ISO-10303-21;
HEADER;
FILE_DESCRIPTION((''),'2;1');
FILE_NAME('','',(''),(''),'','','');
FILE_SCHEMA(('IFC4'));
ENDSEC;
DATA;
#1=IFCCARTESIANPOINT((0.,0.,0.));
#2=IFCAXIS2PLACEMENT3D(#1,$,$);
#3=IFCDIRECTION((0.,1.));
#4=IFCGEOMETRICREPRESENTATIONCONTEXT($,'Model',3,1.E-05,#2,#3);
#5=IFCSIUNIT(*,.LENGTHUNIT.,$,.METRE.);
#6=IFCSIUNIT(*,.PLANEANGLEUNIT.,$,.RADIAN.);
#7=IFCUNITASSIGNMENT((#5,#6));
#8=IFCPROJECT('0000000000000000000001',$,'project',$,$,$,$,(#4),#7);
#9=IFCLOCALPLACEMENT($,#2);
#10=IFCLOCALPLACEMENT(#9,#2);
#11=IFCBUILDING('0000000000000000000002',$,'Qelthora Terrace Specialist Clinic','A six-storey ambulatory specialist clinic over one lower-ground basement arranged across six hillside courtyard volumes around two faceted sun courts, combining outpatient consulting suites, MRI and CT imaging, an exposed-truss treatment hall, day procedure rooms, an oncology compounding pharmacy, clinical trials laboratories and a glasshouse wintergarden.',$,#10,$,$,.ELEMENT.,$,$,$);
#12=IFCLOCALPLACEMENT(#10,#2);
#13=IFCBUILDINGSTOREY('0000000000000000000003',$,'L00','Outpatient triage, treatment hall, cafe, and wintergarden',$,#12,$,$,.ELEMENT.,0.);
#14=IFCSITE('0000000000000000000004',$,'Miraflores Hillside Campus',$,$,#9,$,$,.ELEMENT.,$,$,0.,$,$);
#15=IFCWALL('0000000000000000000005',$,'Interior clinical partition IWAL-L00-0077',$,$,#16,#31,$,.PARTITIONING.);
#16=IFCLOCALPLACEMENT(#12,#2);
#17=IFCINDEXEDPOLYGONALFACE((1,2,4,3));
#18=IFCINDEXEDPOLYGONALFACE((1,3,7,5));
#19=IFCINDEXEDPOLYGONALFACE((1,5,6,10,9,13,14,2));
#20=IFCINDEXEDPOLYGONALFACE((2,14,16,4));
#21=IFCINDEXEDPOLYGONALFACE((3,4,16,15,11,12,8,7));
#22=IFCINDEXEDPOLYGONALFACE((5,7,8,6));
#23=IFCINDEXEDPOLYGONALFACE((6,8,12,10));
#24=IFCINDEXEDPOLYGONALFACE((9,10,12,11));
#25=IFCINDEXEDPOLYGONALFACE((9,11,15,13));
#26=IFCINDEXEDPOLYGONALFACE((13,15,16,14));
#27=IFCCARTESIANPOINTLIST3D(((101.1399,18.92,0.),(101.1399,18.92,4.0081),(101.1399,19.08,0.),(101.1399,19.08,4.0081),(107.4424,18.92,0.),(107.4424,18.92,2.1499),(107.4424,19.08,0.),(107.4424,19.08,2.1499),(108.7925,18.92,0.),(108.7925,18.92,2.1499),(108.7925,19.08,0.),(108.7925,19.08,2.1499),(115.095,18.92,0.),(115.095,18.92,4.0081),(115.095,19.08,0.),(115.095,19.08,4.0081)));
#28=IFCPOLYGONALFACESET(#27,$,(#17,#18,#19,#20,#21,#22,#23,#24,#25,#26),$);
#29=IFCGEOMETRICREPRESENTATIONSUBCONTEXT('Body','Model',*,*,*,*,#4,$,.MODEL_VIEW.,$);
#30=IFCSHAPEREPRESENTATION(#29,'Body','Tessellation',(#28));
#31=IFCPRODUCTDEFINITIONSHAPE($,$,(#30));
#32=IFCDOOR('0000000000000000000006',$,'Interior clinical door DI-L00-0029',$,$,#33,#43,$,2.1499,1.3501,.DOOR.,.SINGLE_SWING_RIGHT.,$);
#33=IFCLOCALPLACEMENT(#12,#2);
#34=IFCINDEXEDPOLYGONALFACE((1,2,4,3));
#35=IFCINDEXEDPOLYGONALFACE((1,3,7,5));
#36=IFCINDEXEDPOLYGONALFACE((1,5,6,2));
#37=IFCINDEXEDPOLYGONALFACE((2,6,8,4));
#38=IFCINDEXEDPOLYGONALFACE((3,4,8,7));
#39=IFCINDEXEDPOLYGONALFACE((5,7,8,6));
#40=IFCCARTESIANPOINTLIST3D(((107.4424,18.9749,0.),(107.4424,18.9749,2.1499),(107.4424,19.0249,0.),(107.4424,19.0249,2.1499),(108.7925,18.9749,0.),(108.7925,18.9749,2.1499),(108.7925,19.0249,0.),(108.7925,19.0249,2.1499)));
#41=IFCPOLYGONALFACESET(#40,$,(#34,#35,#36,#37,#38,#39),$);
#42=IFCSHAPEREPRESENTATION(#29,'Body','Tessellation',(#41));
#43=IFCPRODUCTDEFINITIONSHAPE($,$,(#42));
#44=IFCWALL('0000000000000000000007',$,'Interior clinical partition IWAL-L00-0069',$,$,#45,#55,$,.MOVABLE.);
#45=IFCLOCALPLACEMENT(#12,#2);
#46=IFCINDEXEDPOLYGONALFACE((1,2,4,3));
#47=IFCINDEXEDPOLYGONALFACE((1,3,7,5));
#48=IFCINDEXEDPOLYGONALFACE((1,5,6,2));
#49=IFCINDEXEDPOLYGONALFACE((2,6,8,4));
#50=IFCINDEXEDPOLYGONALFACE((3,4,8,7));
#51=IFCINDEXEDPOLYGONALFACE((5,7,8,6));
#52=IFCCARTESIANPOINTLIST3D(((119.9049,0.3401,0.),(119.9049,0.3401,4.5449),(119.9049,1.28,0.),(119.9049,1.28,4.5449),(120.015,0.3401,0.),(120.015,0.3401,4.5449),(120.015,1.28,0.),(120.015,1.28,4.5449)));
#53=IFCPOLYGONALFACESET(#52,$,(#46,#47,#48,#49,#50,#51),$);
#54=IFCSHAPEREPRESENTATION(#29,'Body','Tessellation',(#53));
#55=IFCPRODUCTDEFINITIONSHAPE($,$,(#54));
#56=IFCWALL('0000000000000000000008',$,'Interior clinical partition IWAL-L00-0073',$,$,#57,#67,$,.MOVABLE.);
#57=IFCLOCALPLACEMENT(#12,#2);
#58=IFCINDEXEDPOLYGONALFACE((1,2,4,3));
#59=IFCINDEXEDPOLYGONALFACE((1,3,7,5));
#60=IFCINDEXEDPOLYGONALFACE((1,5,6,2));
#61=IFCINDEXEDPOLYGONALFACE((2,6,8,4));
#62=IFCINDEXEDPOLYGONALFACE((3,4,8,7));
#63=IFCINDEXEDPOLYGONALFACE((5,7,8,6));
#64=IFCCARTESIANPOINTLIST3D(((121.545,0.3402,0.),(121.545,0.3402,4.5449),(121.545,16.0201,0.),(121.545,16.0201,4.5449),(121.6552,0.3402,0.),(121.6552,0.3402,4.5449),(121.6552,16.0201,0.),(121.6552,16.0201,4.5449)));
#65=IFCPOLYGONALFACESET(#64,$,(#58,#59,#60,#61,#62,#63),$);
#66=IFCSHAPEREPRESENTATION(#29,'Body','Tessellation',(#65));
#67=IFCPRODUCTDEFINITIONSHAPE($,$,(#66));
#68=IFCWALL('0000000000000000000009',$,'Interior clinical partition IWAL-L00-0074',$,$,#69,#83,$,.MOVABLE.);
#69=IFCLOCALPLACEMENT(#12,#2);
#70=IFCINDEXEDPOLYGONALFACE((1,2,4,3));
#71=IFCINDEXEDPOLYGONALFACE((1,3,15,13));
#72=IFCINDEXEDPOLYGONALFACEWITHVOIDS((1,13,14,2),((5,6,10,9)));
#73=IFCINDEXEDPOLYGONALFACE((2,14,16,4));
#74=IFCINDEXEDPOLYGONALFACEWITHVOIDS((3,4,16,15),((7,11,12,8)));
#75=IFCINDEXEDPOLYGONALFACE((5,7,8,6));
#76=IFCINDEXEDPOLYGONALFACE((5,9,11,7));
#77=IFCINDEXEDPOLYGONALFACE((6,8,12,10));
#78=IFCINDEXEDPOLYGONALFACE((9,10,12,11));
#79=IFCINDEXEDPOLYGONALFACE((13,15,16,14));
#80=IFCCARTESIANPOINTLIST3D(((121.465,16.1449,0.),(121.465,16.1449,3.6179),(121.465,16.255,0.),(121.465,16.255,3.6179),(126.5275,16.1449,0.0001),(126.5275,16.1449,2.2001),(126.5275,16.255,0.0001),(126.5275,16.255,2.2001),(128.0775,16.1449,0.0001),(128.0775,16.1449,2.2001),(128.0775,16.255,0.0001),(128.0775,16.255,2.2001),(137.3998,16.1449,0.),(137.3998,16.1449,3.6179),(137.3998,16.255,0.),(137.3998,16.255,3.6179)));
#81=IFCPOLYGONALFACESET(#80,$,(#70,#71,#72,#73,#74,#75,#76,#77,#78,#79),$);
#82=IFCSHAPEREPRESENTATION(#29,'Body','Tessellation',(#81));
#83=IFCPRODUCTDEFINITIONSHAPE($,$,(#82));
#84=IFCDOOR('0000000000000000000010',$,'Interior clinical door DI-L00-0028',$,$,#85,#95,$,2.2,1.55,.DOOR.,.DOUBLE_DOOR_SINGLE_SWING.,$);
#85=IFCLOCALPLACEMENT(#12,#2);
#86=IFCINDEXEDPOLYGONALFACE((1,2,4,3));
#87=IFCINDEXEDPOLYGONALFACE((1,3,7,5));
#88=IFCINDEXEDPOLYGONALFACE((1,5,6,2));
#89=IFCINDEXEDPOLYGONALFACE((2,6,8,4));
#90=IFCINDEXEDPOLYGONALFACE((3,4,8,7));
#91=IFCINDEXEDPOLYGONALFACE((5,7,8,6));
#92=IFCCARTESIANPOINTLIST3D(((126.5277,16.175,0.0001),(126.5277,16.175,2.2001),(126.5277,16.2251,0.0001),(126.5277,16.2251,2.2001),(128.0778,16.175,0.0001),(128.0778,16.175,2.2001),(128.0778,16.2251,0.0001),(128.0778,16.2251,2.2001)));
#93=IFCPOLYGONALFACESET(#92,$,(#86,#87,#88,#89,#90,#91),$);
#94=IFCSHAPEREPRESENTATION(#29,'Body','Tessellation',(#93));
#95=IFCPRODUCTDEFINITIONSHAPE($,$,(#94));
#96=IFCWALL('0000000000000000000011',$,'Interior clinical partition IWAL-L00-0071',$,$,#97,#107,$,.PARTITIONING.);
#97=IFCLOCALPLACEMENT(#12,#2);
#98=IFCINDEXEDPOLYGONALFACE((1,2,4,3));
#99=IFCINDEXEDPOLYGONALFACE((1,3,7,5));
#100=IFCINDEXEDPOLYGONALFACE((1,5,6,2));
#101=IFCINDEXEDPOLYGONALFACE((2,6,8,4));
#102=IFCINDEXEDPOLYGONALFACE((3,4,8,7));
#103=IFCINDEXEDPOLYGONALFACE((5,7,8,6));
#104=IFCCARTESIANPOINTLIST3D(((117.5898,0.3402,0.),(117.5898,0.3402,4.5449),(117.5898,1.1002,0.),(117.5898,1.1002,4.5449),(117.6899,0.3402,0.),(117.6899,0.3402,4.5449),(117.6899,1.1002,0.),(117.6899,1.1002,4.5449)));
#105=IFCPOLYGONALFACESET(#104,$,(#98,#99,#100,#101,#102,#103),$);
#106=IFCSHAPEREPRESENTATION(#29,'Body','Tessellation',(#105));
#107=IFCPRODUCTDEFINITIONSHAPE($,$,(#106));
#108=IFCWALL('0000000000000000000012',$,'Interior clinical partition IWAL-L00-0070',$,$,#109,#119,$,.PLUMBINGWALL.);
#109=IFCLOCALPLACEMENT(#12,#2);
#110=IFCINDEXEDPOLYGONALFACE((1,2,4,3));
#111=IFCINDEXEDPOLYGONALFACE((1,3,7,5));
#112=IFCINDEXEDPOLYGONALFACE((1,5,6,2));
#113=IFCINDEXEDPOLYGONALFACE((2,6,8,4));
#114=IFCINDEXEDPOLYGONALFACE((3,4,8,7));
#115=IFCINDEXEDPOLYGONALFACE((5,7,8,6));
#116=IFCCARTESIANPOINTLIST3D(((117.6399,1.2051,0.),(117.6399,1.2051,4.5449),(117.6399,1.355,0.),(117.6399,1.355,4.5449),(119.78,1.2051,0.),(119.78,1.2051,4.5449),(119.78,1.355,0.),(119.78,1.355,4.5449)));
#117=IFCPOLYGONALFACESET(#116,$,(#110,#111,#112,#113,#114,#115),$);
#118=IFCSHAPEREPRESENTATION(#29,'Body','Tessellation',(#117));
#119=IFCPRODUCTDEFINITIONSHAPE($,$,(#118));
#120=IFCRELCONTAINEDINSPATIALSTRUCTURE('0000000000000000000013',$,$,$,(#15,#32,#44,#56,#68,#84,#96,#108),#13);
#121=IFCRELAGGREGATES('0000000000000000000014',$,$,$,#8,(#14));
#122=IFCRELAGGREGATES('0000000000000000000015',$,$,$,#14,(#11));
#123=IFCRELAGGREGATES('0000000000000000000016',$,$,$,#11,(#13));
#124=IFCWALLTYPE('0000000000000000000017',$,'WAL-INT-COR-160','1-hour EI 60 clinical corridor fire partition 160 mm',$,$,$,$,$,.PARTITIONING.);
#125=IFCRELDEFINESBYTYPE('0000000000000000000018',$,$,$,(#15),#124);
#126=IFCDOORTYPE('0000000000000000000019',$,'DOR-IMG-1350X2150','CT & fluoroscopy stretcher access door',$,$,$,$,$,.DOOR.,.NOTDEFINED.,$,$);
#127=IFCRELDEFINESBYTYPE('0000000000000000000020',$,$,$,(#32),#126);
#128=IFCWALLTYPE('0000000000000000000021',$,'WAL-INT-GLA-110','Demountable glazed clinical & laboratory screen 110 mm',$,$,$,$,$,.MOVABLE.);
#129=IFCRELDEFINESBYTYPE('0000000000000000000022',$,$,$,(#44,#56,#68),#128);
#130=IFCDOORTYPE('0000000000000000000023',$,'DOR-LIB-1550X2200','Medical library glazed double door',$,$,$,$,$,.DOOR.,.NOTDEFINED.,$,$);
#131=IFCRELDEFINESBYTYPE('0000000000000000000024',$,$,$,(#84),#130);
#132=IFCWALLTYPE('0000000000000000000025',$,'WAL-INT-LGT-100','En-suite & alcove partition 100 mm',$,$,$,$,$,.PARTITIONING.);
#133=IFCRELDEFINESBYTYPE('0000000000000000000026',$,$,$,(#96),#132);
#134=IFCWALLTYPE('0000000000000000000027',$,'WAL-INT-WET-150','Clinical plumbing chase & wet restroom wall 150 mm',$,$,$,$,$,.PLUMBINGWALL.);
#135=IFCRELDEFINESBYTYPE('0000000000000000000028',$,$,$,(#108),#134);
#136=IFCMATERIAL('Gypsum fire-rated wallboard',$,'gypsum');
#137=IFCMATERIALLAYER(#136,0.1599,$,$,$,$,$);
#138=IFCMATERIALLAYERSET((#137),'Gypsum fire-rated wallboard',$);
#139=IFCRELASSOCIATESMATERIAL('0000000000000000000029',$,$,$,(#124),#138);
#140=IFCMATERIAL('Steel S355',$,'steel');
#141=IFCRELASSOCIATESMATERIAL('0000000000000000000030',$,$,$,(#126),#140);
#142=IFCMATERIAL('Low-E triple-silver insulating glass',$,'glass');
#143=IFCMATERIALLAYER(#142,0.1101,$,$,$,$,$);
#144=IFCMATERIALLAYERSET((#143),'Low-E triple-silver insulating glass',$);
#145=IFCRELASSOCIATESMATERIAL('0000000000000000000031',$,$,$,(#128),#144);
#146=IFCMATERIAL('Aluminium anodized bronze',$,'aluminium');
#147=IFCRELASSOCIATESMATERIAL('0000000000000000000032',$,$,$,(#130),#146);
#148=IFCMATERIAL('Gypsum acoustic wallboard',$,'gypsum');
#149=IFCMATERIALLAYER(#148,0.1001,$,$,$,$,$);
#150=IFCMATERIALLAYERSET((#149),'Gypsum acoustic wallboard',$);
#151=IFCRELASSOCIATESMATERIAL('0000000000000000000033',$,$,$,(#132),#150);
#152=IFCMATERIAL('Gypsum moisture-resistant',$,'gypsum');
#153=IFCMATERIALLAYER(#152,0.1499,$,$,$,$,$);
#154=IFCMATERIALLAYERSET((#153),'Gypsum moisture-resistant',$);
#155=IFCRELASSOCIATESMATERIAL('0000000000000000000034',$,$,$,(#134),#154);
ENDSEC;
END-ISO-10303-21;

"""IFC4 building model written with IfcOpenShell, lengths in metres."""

from ifc_helpers import new_model, si_unit, direction, frame, frame_2d, origin, place, context, subcontext, project, spatial, rectangle, extrude, material, layer, layer_set, type_object, element, fill, save


model = new_model("IFC4")

# Units and contexts
model_context = context("Model", 3, precision=1e-05, world=origin(), true_north=direction((0.0, 1.0)))
body_context = subcontext(model_context, "Body", "Model", "MODEL_VIEW")
ifc_project = project(units=[si_unit("LENGTHUNIT", "METRE"), si_unit("PLANEANGLEUNIT", "RADIAN")], contexts=[model_context])

# Site, building, storey
site_placement = place(None, origin())
site = spatial("IfcSite", under=ifc_project, at=site_placement, Name="Miraflores Hillside Campus", CompositionType="ELEMENT", RefElevation=0.0)
building_placement = place(site_placement, origin())
building = spatial("IfcBuilding", under=site, at=building_placement, Name="Qelthora Terrace Specialist Clinic", Description="A six-storey ambulatory specialist clinic over one lower-ground basement arranged across six hillside courtyard volumes around two faceted sun courts, combining outpatient consulting suites, MRI and CT imaging, an exposed-truss treatment hall, day procedure rooms, an oncology compounding pharmacy, clinical trials laboratories and a glasshouse wintergarden.", CompositionType="ELEMENT")
storey_placement = place(building_placement, origin())
storey = spatial("IfcBuildingStorey", under=building, at=storey_placement, Name="L00", Description="Outpatient triage, treatment hall, cafe, and wintergarden", CompositionType="ELEMENT", Elevation=0.0)

# Shared definitions
ifc_material_1 = material(Name="Steel S355", Category="steel")

# Shared definitions
ifc_material_2 = material(Name="Aluminium anodized bronze", Category="aluminium")
ifc_material_3 = material(Name="Low-E triple-silver insulating glass", Category="glass")

# Wall, opening, door
ifc_material_4 = material(Name="Gypsum fire-rated wallboard", Category="gypsum")
ifc_layer_1 = layer(ifc_material_4, 0.1599)
ifc_layer_set_1 = layer_set([ifc_layer_1], Name="Gypsum fire-rated wallboard")
wall_type_1 = type_object("IfcWallType", Name="WAL-INT-COR-160", Description="1-hour EI 60 clinical corridor fire partition 160 mm", PredefinedType="PARTITIONING", material=ifc_layer_set_1)
wall_1_placement = place(storey_placement, frame((115.095, 19.0, 0.0), z_axis=(0.0, 0.0, 1.0), x_axis=(-1.0, 0.0, 0.0)))
wall_1 = element("IfcWall", 1, at=wall_1_placement, inside=storey, type_object=wall_type_1, Name="Interior clinical partition IWAL-L00-0077", PredefinedType="PARTITIONING", context=body_context, shape_type="SweptSolid", body=[
    extrude(rectangle(XDim=13.9551, YDim=0.1599, at=frame_2d((6.9775, 0.0))), origin(), (0.0, 0.0, 1.0), 4.0081),
])
opening_1_placement = place(wall_1_placement, frame((6.3025, 0.0, 0.0)))
opening_1 = element("IfcOpeningElement", 2, at=opening_1_placement, cuts=wall_1, PredefinedType="OPENING", context=body_context, shape_type="SweptSolid", body=[
    extrude(rectangle(XDim=1.3501, YDim=2.1499, at=frame_2d((0.675, 1.075))), frame((0.0, 0.0898, 0.0), z_axis=(0.0, -1.0, 0.0), x_axis=(1.0, 0.0, 0.0)), (0.0, 0.0, 1.0), 0.1799),
])
door_type_1 = type_object("IfcDoorType", Name="DOR-IMG-1350X2150", Description="CT & fluoroscopy stretcher access door", OperationType="NOTDEFINED", PredefinedType="DOOR", material=ifc_material_1)
door_1_placement = place(opening_1_placement, frame((1.3501, 0.0, 0.0), z_axis=(0.0, 0.0, 1.0), x_axis=(-1.0, 0.0, 0.0)))
door_1 = element("IfcDoor", 3, at=door_1_placement, inside=storey, type_object=door_type_1, Name="Interior clinical door DI-L00-0029", OperationType="SINGLE_SWING_RIGHT", OverallHeight=2.1499, OverallWidth=1.3501, PredefinedType="DOOR", context=body_context, shape_type="SweptSolid", body=[
    extrude(rectangle(XDim=1.3501, YDim=2.1499, at=frame_2d((0.675, 1.075))), frame((0.0, 0.0249, 0.0), z_axis=(0.0, -1.0, 0.0), x_axis=(1.0, 0.0, 0.0)), (0.0, 0.0, 1.0), 0.05),
])
fill(opening_1, door_1)

# Walls
ifc_layer_2 = layer(ifc_material_3, 0.1101)
ifc_layer_set_2 = layer_set([ifc_layer_2], Name="Low-E triple-silver insulating glass")
wall_type_2 = type_object("IfcWallType", Name="WAL-INT-GLA-110", Description="Demountable glazed clinical & laboratory screen 110 mm", PredefinedType="MOVABLE", material=ifc_layer_set_2)
wall_2_placement = place(storey_placement, frame((119.96, 0.3401, 0.0), z_axis=(0.0, 0.0, 1.0), x_axis=(0.0, 1.0, 0.0)))
element("IfcWall", 4, at=wall_2_placement, inside=storey, type_object=wall_type_2, Name="Interior clinical partition IWAL-L00-0069", PredefinedType="MOVABLE", context=body_context, shape_type="SweptSolid", body=[
    extrude(rectangle(XDim=0.9399, YDim=0.1101, at=frame_2d((0.47, 0.0))), origin(), (0.0, 0.0, 1.0), 4.5449),
])
wall_3_placement = place(storey_placement, frame((121.6001, 16.02, 0.0), z_axis=(0.0, 0.0, 1.0), x_axis=(0.0, -1.0, 0.0)))
element("IfcWall", 5, at=wall_3_placement, inside=storey, type_object=wall_type_2, Name="Interior clinical partition IWAL-L00-0073", PredefinedType="MOVABLE", context=body_context, shape_type="SweptSolid", body=[
    extrude(rectangle(XDim=15.6799, YDim=0.1101, at=frame_2d((7.8398, 0.0))), origin(), (0.0, 0.0, 1.0), 4.5449),
])

# Wall, opening, door
wall_4_placement = place(storey_placement, frame((121.4651, 16.2, 0.0), z_axis=(0.0, 0.0, 1.0), x_axis=(1.0, 0.0, 0.0)))
wall_4 = element("IfcWall", 6, at=wall_4_placement, inside=storey, type_object=wall_type_2, Name="Interior clinical partition IWAL-L00-0074", PredefinedType="MOVABLE", context=body_context, shape_type="SweptSolid", body=[
    extrude(rectangle(XDim=15.9348, YDim=0.1101, at=frame_2d((7.9673, 0.0))), origin(), (0.0, 0.0, 1.0), 3.6179),
])
opening_2_placement = place(wall_4_placement, frame((5.0625, 0.0, 0.0)))
opening_2 = element("IfcOpeningElement", 7, at=opening_2_placement, cuts=wall_4, PredefinedType="OPENING", context=body_context, shape_type="SweptSolid", body=[
    extrude(rectangle(XDim=1.55, YDim=2.2, at=frame_2d((0.7749, 1.1001))), frame((0.0, 0.0649, 0.0), z_axis=(0.0, -1.0, 0.0), x_axis=(1.0, 0.0, 0.0)), (0.0, 0.0, 1.0), 0.1301),
])
door_type_2 = type_object("IfcDoorType", Name="DOR-LIB-1550X2200", Description="Medical library glazed double door", OperationType="NOTDEFINED", PredefinedType="DOOR", material=ifc_material_2)
door_2_placement = place(opening_2_placement, frame((1.55, 0.0, 0.0), z_axis=(0.0, 0.0, 1.0), x_axis=(-1.0, 0.0, 0.0)))
door_2 = element("IfcDoor", 8, at=door_2_placement, inside=storey, type_object=door_type_2, Name="Interior clinical door DI-L00-0028", OperationType="DOUBLE_DOOR_SINGLE_SWING", OverallHeight=2.2, OverallWidth=1.55, PredefinedType="DOOR", context=body_context, shape_type="SweptSolid", body=[
    extrude(rectangle(XDim=1.55, YDim=2.2, at=frame_2d((0.7749, 1.1001))), frame((0.0, 0.0249, 0.0), z_axis=(0.0, -1.0, 0.0), x_axis=(1.0, 0.0, 0.0)), (0.0, 0.0, 1.0), 0.05),
])
fill(opening_2, door_2)

# Walls
ifc_material_5 = material(Name="Gypsum acoustic wallboard", Category="gypsum")
ifc_layer_3 = layer(ifc_material_5, 0.1001)
ifc_layer_set_3 = layer_set([ifc_layer_3], Name="Gypsum acoustic wallboard")
wall_type_3 = type_object("IfcWallType", Name="WAL-INT-LGT-100", Description="En-suite & alcove partition 100 mm", PredefinedType="PARTITIONING", material=ifc_layer_set_3)
wall_5_placement = place(storey_placement, frame((117.6399, 1.1001, 0.0), z_axis=(0.0, 0.0, 1.0), x_axis=(0.0, -1.0, 0.0)))
element("IfcWall", 9, at=wall_5_placement, inside=storey, type_object=wall_type_3, Name="Interior clinical partition IWAL-L00-0071", PredefinedType="PARTITIONING", context=body_context, shape_type="SweptSolid", body=[
    extrude(rectangle(XDim=0.76, YDim=0.1001, at=frame_2d((0.3799, 0.0))), origin(), (0.0, 0.0, 1.0), 4.5449),
])
ifc_material_6 = material(Name="Gypsum moisture-resistant", Category="gypsum")
ifc_layer_4 = layer(ifc_material_6, 0.1499)
ifc_layer_set_4 = layer_set([ifc_layer_4], Name="Gypsum moisture-resistant")
wall_type_4 = type_object("IfcWallType", Name="WAL-INT-WET-150", Description="Clinical plumbing chase & wet restroom wall 150 mm", PredefinedType="PLUMBINGWALL", material=ifc_layer_set_4)
wall_6_placement = place(storey_placement, frame((119.78, 1.28, 0.0), z_axis=(0.0, 0.0, 1.0), x_axis=(-1.0, 0.0, 0.0)))
element("IfcWall", 10, at=wall_6_placement, inside=storey, type_object=wall_type_4, Name="Interior clinical partition IWAL-L00-0070", PredefinedType="PLUMBINGWALL", context=body_context, shape_type="SweptSolid", body=[
    extrude(rectangle(XDim=2.1401, YDim=0.1499, at=frame_2d((1.0701, 0.0))), origin(), (0.0, 0.0, 1.0), 4.5449),
])

save(model, "model.ifc")
